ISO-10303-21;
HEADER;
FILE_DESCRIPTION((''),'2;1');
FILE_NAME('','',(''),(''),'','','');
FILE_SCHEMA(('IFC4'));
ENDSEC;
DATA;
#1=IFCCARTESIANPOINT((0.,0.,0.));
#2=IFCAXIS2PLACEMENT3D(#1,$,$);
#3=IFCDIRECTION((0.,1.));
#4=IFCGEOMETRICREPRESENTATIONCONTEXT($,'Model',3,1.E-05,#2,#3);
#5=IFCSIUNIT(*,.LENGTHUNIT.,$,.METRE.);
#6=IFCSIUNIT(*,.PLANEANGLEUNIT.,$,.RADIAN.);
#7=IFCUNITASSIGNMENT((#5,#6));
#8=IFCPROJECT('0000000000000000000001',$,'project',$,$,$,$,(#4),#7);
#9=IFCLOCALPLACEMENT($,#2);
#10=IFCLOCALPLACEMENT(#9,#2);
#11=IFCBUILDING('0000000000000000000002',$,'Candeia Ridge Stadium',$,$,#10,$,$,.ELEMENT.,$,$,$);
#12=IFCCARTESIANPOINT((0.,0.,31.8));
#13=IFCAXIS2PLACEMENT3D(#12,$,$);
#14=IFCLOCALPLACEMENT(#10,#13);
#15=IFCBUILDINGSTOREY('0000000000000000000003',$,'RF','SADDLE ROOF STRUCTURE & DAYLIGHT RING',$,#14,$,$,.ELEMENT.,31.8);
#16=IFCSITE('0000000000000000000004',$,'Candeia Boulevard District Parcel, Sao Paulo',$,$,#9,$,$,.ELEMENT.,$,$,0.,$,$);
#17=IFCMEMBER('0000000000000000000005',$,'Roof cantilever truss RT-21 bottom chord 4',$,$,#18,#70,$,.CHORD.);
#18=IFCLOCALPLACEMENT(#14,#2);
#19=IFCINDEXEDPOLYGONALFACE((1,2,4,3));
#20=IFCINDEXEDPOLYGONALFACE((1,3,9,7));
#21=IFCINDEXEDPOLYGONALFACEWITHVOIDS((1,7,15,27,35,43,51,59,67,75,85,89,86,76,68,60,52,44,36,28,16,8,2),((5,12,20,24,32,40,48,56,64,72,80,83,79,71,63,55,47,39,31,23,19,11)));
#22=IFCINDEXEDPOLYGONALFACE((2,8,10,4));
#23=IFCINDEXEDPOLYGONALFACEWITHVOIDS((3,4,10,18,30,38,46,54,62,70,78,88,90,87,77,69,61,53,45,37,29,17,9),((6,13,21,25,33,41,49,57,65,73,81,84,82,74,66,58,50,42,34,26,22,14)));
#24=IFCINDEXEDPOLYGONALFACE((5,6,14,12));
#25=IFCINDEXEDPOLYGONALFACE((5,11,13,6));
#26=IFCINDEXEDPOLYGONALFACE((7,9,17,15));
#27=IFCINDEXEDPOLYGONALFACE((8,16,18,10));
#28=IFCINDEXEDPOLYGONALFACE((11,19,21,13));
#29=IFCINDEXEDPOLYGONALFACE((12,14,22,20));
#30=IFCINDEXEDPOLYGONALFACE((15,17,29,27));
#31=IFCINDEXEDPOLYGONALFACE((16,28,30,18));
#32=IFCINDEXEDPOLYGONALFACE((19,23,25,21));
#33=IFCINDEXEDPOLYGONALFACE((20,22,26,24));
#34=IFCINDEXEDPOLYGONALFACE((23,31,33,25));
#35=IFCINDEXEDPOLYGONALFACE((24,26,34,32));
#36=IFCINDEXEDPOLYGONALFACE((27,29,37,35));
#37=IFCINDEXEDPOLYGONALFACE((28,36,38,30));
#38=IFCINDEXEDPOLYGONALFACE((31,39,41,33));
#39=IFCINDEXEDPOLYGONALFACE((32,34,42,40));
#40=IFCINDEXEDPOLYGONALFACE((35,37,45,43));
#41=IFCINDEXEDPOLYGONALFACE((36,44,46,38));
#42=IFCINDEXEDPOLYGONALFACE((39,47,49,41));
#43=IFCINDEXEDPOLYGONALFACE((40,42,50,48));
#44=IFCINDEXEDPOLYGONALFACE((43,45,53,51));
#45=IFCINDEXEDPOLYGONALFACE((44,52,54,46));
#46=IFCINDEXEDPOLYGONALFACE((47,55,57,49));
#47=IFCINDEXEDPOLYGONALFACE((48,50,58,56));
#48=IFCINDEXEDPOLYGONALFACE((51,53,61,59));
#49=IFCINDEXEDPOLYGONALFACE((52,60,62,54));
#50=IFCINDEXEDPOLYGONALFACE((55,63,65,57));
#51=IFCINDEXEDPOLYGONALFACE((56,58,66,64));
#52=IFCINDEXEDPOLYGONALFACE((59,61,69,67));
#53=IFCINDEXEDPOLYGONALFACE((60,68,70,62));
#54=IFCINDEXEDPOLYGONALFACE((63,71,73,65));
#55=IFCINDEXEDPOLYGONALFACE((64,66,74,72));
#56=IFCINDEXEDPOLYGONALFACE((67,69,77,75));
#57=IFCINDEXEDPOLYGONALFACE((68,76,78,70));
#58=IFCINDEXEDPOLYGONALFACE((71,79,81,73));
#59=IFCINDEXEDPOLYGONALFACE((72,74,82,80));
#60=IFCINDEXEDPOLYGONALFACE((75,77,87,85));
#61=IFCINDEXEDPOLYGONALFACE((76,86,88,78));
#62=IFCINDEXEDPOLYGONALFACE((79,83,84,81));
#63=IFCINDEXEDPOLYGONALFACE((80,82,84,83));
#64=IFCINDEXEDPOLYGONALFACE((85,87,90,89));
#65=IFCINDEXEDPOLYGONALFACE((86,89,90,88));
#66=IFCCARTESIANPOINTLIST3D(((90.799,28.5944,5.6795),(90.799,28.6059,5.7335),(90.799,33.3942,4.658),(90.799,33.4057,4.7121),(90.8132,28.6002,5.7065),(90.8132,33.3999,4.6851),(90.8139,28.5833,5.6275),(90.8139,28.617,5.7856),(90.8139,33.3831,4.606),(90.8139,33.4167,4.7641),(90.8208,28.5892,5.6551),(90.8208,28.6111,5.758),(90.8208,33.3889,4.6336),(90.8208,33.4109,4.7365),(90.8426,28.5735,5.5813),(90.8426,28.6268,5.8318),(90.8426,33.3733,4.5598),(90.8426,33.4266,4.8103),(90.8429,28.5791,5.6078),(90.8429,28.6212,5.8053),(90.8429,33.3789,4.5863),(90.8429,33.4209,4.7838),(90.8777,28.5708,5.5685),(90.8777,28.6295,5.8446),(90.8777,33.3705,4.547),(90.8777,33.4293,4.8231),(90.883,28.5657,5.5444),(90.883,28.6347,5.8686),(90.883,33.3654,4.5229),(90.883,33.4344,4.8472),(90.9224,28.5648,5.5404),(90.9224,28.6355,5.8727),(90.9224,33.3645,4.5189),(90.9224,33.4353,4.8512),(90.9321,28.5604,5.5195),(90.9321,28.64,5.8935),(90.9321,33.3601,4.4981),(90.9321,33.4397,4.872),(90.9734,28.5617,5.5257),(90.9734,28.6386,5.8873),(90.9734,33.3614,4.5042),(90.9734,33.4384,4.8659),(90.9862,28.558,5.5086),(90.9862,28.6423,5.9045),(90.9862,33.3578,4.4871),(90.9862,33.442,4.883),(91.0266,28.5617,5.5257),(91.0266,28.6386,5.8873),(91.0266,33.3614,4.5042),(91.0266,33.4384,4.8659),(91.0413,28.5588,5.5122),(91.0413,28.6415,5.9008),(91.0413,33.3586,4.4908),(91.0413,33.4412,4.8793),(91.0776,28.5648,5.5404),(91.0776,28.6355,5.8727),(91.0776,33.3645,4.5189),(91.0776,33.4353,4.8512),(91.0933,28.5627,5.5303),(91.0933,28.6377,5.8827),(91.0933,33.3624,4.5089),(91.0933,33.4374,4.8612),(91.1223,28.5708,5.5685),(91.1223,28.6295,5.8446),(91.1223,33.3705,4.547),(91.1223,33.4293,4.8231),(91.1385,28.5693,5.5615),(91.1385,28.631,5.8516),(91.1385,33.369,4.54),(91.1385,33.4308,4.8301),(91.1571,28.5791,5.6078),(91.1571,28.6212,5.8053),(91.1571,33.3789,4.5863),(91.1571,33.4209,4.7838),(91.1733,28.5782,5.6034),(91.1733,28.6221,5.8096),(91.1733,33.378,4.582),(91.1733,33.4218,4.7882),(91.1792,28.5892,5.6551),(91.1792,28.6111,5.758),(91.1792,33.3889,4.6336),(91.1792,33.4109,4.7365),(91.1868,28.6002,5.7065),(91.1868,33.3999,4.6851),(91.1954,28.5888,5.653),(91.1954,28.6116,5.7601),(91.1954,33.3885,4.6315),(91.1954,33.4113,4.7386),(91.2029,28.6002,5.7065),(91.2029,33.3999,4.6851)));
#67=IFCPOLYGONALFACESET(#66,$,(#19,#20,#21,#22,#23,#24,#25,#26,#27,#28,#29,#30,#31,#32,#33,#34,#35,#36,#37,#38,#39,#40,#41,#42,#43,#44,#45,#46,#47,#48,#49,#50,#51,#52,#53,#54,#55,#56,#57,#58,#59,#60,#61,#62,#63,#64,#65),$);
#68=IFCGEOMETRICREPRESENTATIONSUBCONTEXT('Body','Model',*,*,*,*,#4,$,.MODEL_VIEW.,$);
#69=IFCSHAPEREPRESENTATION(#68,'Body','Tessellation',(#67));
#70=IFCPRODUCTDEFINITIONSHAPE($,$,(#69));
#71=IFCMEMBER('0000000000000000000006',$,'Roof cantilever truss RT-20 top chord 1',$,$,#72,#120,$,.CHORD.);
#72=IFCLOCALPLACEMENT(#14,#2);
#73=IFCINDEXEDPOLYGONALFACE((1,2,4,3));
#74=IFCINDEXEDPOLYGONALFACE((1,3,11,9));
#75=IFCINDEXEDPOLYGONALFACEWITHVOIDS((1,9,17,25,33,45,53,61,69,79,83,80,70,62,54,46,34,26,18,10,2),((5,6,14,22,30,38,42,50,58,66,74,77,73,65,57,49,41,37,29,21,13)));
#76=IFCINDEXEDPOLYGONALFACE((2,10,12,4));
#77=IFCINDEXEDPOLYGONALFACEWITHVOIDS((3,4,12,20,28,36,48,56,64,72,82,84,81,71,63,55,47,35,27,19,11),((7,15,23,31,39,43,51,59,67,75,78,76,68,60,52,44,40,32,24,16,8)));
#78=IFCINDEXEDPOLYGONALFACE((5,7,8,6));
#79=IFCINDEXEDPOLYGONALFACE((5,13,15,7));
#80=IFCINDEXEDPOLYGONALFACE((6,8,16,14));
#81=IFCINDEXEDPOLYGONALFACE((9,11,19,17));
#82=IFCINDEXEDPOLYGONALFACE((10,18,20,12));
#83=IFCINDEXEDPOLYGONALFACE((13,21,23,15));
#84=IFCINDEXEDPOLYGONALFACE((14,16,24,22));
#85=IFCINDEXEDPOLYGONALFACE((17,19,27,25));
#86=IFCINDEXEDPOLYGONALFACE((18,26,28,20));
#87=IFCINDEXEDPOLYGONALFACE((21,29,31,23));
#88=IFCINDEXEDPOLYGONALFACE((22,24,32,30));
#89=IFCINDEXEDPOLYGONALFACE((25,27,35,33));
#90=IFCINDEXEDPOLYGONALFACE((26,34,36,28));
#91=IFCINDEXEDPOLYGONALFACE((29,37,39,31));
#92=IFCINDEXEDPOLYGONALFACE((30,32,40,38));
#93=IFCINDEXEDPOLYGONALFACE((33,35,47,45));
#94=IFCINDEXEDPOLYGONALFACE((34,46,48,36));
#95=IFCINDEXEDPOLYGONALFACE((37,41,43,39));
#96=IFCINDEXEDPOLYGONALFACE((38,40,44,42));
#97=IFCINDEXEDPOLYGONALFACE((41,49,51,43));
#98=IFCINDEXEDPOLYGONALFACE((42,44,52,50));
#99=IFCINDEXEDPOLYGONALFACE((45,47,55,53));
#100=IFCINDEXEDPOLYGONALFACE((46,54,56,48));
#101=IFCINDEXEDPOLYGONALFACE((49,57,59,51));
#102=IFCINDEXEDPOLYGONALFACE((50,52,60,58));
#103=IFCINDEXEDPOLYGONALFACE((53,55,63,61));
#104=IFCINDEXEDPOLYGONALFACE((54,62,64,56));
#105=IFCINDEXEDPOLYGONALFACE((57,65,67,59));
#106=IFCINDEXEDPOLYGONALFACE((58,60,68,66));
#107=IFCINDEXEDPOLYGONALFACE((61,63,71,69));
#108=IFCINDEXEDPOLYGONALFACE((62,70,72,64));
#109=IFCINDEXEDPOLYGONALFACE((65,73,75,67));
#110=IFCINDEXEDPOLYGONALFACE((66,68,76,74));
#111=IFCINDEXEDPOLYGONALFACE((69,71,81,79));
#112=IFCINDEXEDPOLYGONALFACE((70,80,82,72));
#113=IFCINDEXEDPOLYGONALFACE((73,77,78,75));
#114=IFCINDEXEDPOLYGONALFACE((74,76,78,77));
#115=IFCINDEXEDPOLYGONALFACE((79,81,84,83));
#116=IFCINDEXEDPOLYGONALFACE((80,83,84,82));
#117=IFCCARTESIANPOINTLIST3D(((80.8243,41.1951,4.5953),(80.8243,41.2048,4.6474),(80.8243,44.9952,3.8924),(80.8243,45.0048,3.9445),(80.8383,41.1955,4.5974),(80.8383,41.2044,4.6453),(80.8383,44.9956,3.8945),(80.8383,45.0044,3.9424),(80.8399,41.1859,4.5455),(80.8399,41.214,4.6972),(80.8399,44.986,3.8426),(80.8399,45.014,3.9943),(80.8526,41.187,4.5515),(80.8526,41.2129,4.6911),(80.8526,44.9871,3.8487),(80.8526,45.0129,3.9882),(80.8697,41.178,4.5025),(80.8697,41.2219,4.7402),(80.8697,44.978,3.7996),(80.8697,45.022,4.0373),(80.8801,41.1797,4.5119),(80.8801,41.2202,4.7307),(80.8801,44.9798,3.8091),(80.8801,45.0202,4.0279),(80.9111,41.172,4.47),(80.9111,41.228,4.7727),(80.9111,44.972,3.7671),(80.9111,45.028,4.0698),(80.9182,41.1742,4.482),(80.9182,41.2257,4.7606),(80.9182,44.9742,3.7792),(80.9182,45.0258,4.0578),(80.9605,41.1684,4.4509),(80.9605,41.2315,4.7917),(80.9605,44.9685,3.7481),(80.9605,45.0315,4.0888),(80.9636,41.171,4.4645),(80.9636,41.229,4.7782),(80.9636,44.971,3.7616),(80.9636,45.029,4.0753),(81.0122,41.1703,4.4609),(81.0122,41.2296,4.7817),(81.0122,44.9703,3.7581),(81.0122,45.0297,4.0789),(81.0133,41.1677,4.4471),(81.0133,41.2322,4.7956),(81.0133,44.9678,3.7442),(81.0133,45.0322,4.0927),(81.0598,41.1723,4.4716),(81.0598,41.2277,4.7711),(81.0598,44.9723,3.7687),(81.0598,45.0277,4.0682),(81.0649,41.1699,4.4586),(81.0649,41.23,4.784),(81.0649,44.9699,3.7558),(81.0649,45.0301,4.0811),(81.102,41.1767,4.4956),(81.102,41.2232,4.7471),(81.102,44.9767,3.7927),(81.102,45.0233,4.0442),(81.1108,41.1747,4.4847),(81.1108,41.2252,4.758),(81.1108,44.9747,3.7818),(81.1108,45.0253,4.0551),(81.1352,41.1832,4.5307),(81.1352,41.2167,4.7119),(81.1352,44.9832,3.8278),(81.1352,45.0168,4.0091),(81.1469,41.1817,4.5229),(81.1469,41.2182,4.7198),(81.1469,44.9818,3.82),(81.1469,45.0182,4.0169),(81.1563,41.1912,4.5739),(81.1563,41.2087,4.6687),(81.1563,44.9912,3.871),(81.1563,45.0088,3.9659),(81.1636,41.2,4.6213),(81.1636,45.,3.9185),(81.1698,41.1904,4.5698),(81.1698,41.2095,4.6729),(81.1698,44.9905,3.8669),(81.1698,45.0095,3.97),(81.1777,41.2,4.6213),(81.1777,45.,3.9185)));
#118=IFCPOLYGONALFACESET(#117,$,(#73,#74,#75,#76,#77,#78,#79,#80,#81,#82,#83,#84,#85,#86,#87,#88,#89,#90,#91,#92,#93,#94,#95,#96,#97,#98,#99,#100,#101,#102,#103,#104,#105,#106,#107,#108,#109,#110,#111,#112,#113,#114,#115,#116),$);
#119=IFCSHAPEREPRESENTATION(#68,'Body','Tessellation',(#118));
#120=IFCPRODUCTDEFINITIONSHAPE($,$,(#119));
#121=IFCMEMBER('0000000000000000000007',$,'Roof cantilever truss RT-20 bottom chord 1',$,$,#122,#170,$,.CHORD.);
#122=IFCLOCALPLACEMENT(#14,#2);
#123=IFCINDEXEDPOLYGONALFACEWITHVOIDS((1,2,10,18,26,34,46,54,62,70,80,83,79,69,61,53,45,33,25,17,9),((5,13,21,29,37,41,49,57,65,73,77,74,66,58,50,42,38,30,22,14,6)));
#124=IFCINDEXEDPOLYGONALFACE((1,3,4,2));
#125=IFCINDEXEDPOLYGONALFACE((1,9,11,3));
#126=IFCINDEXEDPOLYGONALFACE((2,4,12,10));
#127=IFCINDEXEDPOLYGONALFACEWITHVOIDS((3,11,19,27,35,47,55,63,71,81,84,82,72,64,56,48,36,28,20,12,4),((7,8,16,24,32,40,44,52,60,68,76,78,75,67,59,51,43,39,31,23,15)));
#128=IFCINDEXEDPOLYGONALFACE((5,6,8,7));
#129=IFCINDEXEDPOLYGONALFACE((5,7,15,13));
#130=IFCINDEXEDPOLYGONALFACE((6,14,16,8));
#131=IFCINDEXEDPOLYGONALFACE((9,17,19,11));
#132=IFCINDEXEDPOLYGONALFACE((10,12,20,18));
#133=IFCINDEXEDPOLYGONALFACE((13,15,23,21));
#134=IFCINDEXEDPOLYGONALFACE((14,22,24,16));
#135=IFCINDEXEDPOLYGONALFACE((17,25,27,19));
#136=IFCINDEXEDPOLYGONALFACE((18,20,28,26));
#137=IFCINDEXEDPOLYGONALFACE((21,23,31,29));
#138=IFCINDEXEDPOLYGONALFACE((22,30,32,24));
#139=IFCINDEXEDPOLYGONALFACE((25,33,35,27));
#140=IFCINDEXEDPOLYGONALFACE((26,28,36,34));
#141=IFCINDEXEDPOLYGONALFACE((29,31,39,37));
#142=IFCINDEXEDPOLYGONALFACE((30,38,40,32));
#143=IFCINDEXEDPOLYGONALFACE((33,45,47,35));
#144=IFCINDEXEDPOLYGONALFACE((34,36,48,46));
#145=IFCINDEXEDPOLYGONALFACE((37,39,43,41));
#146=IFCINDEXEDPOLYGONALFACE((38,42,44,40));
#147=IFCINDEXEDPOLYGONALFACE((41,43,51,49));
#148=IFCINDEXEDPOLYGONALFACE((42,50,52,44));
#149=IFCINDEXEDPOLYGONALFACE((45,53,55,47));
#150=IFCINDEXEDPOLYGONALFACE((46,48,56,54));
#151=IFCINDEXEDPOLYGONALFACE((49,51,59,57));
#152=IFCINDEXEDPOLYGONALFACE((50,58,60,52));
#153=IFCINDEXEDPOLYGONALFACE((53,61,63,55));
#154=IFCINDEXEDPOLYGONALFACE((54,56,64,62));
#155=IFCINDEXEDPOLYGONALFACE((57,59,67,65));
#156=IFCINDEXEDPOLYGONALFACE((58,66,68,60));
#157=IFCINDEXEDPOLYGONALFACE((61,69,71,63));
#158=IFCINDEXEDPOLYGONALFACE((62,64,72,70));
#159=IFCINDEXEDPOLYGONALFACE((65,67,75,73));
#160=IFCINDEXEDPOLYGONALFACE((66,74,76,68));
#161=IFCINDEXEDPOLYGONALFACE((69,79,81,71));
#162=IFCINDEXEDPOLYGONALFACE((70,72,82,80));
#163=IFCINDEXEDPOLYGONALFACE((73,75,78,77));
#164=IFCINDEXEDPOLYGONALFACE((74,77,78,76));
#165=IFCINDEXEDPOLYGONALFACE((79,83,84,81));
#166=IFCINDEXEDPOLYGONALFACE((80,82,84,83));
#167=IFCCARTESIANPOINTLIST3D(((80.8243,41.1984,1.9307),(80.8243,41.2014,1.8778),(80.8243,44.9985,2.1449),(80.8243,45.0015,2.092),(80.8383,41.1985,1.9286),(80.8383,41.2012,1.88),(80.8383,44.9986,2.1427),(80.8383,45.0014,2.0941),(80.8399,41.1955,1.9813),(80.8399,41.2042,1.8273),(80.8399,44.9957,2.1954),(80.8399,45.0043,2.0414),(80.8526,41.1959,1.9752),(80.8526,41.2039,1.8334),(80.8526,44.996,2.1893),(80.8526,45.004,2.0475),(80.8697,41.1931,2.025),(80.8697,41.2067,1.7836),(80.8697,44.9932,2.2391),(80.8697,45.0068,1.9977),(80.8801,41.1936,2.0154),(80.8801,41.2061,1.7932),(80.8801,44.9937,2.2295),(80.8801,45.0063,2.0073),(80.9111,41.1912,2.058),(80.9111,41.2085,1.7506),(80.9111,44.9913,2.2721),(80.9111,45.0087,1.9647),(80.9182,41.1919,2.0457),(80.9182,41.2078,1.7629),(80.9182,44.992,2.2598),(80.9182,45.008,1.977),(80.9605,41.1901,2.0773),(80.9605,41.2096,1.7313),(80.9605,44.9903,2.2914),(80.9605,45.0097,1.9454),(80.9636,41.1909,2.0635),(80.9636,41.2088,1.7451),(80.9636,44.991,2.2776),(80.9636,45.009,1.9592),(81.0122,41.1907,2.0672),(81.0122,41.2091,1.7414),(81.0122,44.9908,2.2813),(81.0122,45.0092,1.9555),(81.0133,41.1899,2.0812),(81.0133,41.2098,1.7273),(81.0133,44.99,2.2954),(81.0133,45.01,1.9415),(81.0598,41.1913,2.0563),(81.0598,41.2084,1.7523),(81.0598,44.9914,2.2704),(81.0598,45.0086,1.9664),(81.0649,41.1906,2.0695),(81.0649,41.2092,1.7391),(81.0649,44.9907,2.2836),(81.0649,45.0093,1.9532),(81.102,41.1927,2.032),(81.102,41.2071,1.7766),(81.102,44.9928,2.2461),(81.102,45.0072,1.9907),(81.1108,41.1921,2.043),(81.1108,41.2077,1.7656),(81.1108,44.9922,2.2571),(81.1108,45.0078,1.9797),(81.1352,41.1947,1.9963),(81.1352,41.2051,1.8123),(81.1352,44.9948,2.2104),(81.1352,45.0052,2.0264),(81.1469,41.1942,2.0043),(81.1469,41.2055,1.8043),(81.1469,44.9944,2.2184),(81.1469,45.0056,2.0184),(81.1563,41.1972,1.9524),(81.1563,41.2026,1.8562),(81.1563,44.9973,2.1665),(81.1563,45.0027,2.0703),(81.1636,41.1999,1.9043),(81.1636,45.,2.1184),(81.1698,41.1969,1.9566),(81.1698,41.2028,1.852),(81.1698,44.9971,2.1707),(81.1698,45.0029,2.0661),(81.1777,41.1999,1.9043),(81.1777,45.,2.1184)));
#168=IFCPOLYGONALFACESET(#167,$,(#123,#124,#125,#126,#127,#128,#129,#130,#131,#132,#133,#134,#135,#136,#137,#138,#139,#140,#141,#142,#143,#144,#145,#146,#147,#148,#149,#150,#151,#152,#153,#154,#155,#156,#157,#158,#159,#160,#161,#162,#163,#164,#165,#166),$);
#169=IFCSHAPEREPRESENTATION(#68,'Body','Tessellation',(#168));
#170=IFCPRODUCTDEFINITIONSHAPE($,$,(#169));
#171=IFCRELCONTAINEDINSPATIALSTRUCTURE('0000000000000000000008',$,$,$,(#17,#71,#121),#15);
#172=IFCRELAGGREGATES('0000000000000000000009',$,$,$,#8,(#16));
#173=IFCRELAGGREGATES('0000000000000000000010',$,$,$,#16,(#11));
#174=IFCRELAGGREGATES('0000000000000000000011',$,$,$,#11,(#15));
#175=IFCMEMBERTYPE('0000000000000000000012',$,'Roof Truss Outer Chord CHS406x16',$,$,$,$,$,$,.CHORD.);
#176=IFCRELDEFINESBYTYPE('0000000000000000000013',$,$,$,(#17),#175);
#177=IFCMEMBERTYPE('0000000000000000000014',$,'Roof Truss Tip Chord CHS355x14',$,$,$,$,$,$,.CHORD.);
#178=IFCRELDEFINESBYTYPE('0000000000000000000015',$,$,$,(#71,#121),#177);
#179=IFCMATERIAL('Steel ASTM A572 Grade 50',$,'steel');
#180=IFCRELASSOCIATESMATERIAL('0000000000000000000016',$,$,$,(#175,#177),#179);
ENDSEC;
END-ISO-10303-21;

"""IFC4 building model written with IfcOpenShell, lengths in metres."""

from ifc_helpers import new_model, si_unit, direction, frame, origin, origin_2d, place, context, subcontext, project, spatial, hollow_circle, extrude, material, material_profile, profile_set, type_object, element, save


model = new_model("IFC4")

# Units and contexts
model_context = context("Model", 3, precision=1e-05, world=origin(), true_north=direction((0.0, 1.0)))
body_context = subcontext(model_context, "Body", "Model", "MODEL_VIEW")
ifc_project = project(units=[si_unit("LENGTHUNIT", "METRE"), si_unit("PLANEANGLEUNIT", "RADIAN")], contexts=[model_context])

# Site, building, storey
site_placement = place(None, origin())
site = spatial("IfcSite", under=ifc_project, at=site_placement, Name="Candeia Boulevard District Parcel, Sao Paulo", CompositionType="ELEMENT", RefElevation=0.0)
building_placement = place(site_placement, origin())
building = spatial("IfcBuilding", under=site, at=building_placement, Name="Candeia Ridge Stadium", CompositionType="ELEMENT")
storey_placement = place(building_placement, frame((0.0, 0.0, 31.8)))
storey = spatial("IfcBuildingStorey", under=building, at=storey_placement, Name="RF", Description="SADDLE ROOF STRUCTURE & DAYLIGHT RING", CompositionType="ELEMENT", Elevation=31.8)

# Shared definitions
ifc_material_1 = material(Name="Steel ASTM A572 Grade 50", Category="steel")

# Members
ifc_material_profile_1 = material_profile(ifc_material_1, hollow_circle(Radius=0.2029, WallThickness=0.0161, at=origin_2d()), Name="CHS406x16", Category="steel")
ifc_profile_set_1 = profile_set([ifc_material_profile_1], Name="Steel ASTM A572 Grade 50")
member_type_1 = type_object("IfcMemberType", Name="Roof Truss Outer Chord CHS406x16", PredefinedType="CHORD", material=ifc_profile_set_1)
member_1_placement = place(storey_placement, frame((91.0, 33.3999, 4.6851), z_axis=(0.0, -0.978096, 0.208156), x_axis=(1.0, 0.0, 0.0)))
element("IfcMember", 1, at=member_1_placement, inside=storey, type_object=member_type_1, Name="Roof cantilever truss RT-21 bottom chord 4", PredefinedType="CHORD", context=body_context, shape_type="SweptSolid", body=[
    extrude(hollow_circle(Radius=0.2029, WallThickness=0.0161, at=origin_2d()), origin(), (0.0, 0.0, 1.0), 4.9072),
])
ifc_material_profile_2 = material_profile(ifc_material_1, hollow_circle(Radius=0.1777, WallThickness=0.0142, at=origin_2d()), Name="CHS355x14", Category="steel")
ifc_profile_set_2 = profile_set([ifc_material_profile_2], Name="Steel ASTM A572 Grade 50")
member_type_2 = type_object("IfcMemberType", Name="Roof Truss Tip Chord CHS355x14", PredefinedType="CHORD", material=ifc_profile_set_2)
member_2_placement = place(storey_placement, frame((81.0, 45.0, 3.9185), z_axis=(0.0, -0.983321, 0.181881), x_axis=(1.0, 0.0, 0.0)))
element("IfcMember", 2, at=member_2_placement, inside=storey, type_object=member_type_2, Name="Roof cantilever truss RT-20 top chord 1", PredefinedType="CHORD", context=body_context, shape_type="SweptSolid", body=[
    extrude(hollow_circle(Radius=0.1777, WallThickness=0.0142, at=origin_2d()), origin(), (0.0, 0.0, 1.0), 3.8645),
])
member_3_placement = place(storey_placement, frame((81.0, 45.0, 2.1184), z_axis=(0.0, -0.998416, -0.056255), x_axis=(1.0, 0.0, 0.0)))
element("IfcMember", 3, at=member_3_placement, inside=storey, type_object=member_type_2, Name="Roof cantilever truss RT-20 bottom chord 1", PredefinedType="CHORD", context=body_context, shape_type="SweptSolid", body=[
    extrude(hollow_circle(Radius=0.1777, WallThickness=0.0142, at=origin_2d()), origin(), (0.0, 0.0, 1.0), 3.8062),
])

save(model, "model.ifc")
